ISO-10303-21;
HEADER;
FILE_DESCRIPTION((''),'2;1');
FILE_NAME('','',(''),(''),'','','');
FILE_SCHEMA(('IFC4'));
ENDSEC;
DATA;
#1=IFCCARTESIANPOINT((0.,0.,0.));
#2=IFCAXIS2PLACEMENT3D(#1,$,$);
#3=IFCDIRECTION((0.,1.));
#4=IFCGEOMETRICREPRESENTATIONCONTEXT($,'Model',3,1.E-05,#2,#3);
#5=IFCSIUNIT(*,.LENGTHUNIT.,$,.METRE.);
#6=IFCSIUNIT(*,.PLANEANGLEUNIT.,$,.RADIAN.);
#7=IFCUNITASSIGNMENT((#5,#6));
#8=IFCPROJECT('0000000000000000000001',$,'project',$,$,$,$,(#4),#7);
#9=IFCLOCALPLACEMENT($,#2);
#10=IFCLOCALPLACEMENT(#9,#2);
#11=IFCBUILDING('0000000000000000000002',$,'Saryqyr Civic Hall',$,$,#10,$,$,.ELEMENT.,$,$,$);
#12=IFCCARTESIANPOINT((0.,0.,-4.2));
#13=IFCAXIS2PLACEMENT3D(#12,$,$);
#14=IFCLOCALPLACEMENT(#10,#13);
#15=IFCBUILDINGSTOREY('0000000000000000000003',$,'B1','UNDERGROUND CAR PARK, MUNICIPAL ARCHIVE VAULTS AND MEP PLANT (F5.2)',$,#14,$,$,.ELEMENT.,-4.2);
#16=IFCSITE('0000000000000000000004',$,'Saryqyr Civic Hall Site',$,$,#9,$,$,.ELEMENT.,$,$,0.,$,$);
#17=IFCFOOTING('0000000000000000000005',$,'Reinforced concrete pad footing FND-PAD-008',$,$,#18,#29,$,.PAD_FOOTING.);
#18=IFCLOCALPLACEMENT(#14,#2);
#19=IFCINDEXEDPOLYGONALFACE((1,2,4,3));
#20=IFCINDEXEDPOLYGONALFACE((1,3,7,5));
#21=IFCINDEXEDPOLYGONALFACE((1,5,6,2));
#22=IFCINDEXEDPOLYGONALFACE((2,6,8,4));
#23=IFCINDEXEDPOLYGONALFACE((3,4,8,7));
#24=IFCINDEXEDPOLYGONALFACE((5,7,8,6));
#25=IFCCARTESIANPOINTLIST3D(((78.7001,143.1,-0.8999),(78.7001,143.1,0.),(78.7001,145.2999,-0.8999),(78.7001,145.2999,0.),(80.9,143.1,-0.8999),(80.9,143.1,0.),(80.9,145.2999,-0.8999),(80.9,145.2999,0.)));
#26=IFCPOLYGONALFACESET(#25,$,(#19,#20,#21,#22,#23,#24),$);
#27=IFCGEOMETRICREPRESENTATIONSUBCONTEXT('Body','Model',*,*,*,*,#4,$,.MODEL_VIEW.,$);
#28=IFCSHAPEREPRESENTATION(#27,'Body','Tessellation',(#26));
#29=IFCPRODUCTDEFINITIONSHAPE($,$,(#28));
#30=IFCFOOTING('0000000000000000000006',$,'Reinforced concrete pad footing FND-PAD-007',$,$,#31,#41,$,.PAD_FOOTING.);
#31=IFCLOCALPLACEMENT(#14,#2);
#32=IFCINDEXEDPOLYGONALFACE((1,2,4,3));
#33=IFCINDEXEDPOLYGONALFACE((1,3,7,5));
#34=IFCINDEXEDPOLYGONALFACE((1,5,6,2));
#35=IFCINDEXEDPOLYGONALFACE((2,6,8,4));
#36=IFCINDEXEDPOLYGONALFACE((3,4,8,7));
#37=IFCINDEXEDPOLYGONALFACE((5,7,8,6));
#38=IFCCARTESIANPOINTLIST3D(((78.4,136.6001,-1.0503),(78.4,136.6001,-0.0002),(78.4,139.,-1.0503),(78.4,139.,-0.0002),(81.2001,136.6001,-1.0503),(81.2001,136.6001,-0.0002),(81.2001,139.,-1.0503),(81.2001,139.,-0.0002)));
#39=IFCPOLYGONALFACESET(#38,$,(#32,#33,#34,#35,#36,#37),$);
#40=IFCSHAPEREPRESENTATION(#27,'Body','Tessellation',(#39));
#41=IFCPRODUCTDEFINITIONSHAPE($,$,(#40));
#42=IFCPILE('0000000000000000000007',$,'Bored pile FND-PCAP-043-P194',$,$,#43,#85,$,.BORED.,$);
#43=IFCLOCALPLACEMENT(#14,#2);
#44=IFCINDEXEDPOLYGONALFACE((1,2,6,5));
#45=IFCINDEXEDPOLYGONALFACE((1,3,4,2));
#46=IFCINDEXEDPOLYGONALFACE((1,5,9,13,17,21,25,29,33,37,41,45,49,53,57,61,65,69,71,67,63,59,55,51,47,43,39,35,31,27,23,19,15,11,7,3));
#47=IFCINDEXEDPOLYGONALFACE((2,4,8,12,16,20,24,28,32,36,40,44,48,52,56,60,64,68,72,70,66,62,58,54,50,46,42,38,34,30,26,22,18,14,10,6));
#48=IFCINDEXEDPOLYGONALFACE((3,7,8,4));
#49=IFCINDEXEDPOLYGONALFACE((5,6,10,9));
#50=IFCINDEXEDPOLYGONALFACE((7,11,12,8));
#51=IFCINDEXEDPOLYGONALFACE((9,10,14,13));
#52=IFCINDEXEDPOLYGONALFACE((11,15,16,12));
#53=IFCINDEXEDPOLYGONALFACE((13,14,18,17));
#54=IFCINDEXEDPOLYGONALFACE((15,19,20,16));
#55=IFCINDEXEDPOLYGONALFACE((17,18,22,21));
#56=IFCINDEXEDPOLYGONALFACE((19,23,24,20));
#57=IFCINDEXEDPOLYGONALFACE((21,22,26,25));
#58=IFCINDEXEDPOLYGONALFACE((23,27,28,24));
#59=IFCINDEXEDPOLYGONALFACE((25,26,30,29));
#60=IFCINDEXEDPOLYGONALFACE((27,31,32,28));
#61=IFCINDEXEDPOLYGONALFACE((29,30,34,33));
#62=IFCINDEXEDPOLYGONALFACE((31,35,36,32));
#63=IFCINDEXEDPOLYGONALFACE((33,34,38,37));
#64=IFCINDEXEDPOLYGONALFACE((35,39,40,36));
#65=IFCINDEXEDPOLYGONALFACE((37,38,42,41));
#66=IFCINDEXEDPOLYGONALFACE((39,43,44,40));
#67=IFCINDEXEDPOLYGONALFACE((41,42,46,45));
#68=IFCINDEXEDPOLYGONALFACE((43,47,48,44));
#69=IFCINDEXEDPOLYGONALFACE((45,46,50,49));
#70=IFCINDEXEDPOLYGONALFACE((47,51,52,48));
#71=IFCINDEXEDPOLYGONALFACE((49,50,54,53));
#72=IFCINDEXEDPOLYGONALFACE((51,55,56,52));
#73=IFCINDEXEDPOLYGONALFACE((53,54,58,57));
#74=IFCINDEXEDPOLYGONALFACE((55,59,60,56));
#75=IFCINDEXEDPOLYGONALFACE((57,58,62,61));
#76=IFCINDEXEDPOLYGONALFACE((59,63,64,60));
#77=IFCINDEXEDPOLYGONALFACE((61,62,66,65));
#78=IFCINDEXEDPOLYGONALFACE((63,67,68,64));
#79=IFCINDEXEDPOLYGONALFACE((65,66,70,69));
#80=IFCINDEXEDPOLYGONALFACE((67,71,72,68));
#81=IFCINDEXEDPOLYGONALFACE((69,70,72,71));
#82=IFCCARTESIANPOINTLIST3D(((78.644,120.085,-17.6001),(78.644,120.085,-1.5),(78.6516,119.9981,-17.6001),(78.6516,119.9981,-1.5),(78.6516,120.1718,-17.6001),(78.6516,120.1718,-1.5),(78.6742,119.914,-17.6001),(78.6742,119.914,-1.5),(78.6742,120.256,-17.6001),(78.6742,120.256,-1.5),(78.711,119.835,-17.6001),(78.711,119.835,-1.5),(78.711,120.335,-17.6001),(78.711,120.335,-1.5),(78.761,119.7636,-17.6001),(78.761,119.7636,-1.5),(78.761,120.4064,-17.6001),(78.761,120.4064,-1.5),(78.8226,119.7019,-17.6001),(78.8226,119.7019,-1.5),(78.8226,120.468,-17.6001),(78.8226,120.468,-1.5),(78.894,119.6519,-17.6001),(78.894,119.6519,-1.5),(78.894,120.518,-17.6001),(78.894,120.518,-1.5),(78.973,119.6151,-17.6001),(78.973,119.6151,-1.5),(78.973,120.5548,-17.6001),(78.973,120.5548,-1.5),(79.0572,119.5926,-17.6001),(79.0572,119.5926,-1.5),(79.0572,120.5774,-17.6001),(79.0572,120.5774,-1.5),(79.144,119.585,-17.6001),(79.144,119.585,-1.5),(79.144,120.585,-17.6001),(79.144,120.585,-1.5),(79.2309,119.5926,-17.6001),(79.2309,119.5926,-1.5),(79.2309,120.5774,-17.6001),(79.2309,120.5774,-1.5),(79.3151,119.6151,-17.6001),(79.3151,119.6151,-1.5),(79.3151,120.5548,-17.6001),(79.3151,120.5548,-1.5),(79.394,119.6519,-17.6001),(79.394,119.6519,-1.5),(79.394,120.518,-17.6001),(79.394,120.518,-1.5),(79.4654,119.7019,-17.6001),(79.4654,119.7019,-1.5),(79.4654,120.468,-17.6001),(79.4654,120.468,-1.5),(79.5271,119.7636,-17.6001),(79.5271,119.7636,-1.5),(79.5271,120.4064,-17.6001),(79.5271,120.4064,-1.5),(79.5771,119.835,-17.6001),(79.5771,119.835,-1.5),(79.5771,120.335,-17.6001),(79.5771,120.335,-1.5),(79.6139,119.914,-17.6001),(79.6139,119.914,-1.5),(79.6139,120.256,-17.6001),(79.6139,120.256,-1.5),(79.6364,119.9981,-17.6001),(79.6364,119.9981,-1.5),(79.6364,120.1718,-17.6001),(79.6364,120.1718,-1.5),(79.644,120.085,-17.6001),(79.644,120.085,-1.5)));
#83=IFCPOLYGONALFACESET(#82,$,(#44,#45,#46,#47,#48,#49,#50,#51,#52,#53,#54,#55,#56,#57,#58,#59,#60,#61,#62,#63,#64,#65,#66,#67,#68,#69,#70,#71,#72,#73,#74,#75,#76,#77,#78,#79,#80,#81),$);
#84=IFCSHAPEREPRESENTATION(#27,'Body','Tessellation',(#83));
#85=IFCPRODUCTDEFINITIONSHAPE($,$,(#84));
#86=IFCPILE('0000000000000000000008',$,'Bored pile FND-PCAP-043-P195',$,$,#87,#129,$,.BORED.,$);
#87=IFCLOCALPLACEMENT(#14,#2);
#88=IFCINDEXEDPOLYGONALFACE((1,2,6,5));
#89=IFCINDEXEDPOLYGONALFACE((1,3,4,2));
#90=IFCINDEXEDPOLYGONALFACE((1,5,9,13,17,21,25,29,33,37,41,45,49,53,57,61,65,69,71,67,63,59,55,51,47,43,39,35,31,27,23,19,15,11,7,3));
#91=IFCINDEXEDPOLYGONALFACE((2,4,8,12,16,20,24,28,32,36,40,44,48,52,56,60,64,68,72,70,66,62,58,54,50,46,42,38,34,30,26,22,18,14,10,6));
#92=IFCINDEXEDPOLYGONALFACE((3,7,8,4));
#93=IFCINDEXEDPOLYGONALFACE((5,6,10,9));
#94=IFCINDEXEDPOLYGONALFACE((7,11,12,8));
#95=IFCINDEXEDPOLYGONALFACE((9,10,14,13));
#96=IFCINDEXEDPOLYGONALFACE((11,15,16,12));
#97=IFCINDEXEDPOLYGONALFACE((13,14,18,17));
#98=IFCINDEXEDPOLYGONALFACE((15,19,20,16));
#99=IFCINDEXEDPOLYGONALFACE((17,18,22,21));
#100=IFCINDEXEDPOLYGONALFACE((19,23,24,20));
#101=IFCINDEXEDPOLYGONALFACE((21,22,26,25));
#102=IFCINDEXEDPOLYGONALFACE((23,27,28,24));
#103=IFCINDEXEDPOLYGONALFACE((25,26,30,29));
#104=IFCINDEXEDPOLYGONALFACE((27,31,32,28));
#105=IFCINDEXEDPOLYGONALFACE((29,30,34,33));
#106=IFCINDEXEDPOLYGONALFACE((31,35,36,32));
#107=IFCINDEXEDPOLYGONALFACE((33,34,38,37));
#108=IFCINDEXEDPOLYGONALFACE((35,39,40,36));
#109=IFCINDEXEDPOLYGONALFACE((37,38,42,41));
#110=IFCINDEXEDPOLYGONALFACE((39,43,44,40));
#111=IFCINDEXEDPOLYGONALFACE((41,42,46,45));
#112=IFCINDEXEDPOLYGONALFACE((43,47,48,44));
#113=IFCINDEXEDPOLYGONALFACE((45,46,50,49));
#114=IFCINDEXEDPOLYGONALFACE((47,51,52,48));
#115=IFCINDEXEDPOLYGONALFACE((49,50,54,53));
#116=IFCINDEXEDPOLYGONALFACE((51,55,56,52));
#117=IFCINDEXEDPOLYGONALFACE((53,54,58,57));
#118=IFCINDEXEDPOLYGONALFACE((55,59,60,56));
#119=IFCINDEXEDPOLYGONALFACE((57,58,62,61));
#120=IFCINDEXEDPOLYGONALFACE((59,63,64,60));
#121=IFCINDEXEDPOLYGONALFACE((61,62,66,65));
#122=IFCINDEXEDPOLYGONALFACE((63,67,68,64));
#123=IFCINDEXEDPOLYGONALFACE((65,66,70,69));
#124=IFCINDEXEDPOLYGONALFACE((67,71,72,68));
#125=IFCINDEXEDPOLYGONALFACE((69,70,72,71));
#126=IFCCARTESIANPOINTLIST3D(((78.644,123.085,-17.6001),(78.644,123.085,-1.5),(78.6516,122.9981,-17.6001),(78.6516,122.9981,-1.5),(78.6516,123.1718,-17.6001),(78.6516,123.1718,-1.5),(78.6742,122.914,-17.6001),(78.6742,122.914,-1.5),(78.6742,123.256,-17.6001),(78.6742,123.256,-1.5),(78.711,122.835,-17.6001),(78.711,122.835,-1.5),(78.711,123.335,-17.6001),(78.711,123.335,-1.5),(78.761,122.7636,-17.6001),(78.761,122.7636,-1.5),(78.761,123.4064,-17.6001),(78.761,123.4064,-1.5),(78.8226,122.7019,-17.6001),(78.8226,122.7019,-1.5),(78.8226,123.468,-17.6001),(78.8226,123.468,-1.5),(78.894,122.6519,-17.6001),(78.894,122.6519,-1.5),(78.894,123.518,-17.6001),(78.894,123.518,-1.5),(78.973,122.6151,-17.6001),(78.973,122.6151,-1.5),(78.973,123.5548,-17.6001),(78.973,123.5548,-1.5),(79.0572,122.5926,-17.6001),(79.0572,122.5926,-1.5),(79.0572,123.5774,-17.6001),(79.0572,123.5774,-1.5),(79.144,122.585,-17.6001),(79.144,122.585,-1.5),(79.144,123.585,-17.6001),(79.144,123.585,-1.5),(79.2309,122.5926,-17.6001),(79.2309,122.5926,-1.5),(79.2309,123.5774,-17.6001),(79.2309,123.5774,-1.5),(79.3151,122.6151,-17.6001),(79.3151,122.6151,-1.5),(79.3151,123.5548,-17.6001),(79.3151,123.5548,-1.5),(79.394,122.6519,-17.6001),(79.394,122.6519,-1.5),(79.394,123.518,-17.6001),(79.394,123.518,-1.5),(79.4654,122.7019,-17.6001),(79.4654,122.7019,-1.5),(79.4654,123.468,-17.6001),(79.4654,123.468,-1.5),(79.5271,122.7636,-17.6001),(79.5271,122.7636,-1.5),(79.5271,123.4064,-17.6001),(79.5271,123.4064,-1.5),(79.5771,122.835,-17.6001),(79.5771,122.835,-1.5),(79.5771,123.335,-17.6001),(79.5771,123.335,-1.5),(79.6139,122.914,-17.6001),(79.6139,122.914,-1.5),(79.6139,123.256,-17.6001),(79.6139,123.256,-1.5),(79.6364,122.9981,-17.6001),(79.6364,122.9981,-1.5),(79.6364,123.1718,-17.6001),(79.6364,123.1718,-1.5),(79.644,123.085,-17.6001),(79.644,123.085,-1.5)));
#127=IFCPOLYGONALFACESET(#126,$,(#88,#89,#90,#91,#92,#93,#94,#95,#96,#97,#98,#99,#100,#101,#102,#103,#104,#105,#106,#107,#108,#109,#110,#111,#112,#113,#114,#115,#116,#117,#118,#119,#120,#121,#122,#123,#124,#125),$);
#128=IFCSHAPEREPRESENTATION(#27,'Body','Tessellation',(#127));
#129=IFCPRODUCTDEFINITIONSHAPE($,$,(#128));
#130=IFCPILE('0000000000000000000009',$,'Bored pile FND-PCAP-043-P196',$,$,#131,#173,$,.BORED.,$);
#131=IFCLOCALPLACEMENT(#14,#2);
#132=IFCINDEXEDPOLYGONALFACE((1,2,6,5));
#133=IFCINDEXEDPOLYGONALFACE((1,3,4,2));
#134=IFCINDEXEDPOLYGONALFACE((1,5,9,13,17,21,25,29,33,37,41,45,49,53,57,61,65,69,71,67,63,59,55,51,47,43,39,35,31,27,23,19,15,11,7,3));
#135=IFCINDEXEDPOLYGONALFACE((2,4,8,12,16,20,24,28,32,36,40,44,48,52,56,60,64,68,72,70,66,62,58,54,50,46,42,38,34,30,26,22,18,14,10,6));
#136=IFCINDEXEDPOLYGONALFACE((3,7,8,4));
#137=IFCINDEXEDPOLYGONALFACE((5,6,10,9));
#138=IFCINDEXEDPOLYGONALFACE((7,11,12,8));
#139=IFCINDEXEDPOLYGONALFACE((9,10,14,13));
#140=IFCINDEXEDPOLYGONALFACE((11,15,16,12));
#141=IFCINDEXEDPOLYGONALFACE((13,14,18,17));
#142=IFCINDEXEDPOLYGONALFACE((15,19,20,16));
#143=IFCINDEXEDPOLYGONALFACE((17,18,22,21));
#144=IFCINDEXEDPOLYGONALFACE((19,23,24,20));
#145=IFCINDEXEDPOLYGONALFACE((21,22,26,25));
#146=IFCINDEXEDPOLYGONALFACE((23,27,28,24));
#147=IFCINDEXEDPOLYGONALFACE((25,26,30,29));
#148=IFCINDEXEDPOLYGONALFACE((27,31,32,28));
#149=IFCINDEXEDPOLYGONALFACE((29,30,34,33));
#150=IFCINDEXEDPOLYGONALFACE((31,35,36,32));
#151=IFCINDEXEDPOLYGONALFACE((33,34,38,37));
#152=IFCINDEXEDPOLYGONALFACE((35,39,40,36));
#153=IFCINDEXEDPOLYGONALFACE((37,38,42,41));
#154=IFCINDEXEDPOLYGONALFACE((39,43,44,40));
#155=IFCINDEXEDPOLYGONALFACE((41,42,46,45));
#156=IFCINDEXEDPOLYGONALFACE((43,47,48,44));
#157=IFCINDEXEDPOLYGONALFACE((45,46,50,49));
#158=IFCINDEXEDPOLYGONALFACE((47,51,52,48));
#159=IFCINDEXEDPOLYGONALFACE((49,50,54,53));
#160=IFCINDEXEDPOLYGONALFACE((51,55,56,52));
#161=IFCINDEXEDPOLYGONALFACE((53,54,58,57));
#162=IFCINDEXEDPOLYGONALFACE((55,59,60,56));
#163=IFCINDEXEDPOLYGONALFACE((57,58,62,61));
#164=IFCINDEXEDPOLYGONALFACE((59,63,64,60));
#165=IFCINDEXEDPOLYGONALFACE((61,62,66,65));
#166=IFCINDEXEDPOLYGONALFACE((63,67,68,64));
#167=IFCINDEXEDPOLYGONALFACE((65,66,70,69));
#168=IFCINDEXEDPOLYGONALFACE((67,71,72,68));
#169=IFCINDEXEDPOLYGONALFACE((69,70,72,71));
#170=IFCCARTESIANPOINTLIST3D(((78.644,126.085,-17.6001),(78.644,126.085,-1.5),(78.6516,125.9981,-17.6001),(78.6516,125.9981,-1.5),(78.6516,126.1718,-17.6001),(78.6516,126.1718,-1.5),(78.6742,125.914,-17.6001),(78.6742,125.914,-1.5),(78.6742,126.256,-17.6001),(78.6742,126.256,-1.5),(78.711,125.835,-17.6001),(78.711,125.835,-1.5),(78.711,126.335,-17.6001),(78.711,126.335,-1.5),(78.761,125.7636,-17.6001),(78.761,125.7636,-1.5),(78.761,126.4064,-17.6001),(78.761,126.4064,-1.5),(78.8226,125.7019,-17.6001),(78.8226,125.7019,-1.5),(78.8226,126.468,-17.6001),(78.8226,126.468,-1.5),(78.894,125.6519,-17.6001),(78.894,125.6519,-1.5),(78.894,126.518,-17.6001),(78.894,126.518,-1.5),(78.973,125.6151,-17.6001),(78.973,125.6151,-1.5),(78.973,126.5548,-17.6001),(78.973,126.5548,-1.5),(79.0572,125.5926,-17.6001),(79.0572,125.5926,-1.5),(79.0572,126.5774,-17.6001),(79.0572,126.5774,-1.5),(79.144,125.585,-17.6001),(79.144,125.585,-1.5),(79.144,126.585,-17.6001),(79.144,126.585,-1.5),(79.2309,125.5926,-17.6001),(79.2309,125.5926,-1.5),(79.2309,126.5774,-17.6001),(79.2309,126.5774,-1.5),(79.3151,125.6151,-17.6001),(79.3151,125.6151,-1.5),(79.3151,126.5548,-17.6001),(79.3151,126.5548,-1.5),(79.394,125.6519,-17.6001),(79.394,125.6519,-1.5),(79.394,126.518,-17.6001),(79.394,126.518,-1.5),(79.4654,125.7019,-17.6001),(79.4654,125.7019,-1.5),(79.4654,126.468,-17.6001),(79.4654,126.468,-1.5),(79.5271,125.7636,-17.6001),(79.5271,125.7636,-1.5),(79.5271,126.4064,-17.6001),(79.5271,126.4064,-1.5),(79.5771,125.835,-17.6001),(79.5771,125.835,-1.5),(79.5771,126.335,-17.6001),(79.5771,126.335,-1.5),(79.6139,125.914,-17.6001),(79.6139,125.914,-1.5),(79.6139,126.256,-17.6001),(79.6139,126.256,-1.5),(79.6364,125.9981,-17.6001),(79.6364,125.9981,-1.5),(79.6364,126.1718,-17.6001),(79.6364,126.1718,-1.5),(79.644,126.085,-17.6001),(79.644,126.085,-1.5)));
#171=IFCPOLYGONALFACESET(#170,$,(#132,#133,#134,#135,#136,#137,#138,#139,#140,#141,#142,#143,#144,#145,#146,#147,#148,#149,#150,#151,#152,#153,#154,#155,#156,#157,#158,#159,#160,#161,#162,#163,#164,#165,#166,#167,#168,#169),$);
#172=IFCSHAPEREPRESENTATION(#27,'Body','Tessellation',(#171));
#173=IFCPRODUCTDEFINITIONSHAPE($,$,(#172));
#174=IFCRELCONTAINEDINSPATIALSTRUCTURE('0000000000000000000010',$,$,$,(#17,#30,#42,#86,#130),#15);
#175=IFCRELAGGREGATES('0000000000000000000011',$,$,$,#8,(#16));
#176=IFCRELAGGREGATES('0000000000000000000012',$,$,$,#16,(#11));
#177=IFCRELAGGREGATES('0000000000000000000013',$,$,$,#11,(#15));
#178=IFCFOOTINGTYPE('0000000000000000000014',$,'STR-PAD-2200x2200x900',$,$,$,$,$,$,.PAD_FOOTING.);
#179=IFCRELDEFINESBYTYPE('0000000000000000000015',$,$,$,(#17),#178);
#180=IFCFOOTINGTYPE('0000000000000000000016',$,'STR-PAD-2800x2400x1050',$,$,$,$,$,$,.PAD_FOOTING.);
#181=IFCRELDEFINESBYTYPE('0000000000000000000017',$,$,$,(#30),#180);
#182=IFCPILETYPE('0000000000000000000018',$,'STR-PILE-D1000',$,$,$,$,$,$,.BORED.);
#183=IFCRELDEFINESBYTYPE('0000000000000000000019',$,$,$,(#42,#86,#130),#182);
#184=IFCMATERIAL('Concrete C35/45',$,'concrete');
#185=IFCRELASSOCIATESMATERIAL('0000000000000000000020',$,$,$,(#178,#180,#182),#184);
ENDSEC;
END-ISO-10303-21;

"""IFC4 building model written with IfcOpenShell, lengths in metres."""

from ifc_helpers import new_model, si_unit, direction, frame, origin, origin_2d, place, context, subcontext, project, spatial, rectangle, circle, extrude, material, material_profile, profile_set, type_object, element, save


model = new_model("IFC4")

# Units and contexts
model_context = context("Model", 3, precision=1e-05, world=origin(), true_north=direction((0.0, 1.0)))
body_context = subcontext(model_context, "Body", "Model", "MODEL_VIEW")
ifc_project = project(units=[si_unit("LENGTHUNIT", "METRE"), si_unit("PLANEANGLEUNIT", "RADIAN")], contexts=[model_context])

# Site, building, storey
site_placement = place(None, origin())
site = spatial("IfcSite", under=ifc_project, at=site_placement, Name="Saryqyr Civic Hall Site", CompositionType="ELEMENT", RefElevation=0.0)
building_placement = place(site_placement, origin())
building = spatial("IfcBuilding", under=site, at=building_placement, Name="Saryqyr Civic Hall", CompositionType="ELEMENT")
storey_placement = place(building_placement, frame((0.0, 0.0, -4.2)))
storey = spatial("IfcBuildingStorey", under=building, at=storey_placement, Name="B1", Description="UNDERGROUND CAR PARK, MUNICIPAL ARCHIVE VAULTS AND MEP PLANT (F5.2)", CompositionType="ELEMENT", Elevation=-4.2)

# Footings
ifc_material_1 = material(Name="Concrete C35/45", Category="concrete")
footing_type_1 = type_object("IfcFootingType", Name="STR-PAD-2200x2200x900", PredefinedType="PAD_FOOTING", material=ifc_material_1)
footing_1_placement = place(storey_placement, frame((79.8, 144.2, -0.8999), z_axis=(0.0, 0.0, 1.0), x_axis=(1.0, 0.0, 0.0)))
element("IfcFooting", 1, at=footing_1_placement, inside=storey, type_object=footing_type_1, Name="Reinforced concrete pad footing FND-PAD-008", PredefinedType="PAD_FOOTING", context=body_context, shape_type="SweptSolid", body=[
    extrude(rectangle(XDim=2.2, YDim=2.2, at=origin_2d()), origin(), (0.0, 0.0, 1.0), 0.8999),
])
footing_type_2 = type_object("IfcFootingType", Name="STR-PAD-2800x2400x1050", PredefinedType="PAD_FOOTING", material=ifc_material_1)
footing_2_placement = place(storey_placement, frame((79.8, 137.8, -1.0503), z_axis=(0.0, 0.0, 1.0), x_axis=(1.0, 0.0, 0.0)))
element("IfcFooting", 2, at=footing_2_placement, inside=storey, type_object=footing_type_2, Name="Reinforced concrete pad footing FND-PAD-007", PredefinedType="PAD_FOOTING", context=body_context, shape_type="SweptSolid", body=[
    extrude(rectangle(XDim=2.8, YDim=2.3999, at=origin_2d()), origin(), (0.0, 0.0, 1.0), 1.05),
])

# Piles
ifc_material_profile_1 = material_profile(ifc_material_1, circle(Radius=0.5, at=origin_2d()), Name="BORED PILE D1000")
ifc_profile_set_1 = profile_set([ifc_material_profile_1], Name="Concrete C35/45")
pile_type = type_object("IfcPileType", Name="STR-PILE-D1000", PredefinedType="BORED", material=ifc_profile_set_1)
for number, where, z_axis, x_axis, name in (
    (3, (79.144, 120.085, -1.5), (0.0, 0.0, -1.0), (1.0, 0.0, 0.0), "Bored pile FND-PCAP-043-P194"),
    (4, (79.144, 123.085, -1.5), (0.0, 0.0, -1.0), (1.0, 0.0, 0.0), "Bored pile FND-PCAP-043-P195"),
    (5, (79.144, 126.085, -1.5), (0.0, 0.0, -1.0), (1.0, 0.0, 0.0), "Bored pile FND-PCAP-043-P196"),
):
    element("IfcPile", number, at=place(storey_placement, frame(where, z_axis=z_axis, x_axis=x_axis)), inside=storey, type_object=pile_type, Name=name, PredefinedType="BORED", context=body_context, shape_type="SweptSolid", body=[
        extrude(circle(Radius=0.5, at=origin_2d()), origin(), (0.0, 0.0, 1.0), 16.1001),
    ])

save(model, "model.ifc")
